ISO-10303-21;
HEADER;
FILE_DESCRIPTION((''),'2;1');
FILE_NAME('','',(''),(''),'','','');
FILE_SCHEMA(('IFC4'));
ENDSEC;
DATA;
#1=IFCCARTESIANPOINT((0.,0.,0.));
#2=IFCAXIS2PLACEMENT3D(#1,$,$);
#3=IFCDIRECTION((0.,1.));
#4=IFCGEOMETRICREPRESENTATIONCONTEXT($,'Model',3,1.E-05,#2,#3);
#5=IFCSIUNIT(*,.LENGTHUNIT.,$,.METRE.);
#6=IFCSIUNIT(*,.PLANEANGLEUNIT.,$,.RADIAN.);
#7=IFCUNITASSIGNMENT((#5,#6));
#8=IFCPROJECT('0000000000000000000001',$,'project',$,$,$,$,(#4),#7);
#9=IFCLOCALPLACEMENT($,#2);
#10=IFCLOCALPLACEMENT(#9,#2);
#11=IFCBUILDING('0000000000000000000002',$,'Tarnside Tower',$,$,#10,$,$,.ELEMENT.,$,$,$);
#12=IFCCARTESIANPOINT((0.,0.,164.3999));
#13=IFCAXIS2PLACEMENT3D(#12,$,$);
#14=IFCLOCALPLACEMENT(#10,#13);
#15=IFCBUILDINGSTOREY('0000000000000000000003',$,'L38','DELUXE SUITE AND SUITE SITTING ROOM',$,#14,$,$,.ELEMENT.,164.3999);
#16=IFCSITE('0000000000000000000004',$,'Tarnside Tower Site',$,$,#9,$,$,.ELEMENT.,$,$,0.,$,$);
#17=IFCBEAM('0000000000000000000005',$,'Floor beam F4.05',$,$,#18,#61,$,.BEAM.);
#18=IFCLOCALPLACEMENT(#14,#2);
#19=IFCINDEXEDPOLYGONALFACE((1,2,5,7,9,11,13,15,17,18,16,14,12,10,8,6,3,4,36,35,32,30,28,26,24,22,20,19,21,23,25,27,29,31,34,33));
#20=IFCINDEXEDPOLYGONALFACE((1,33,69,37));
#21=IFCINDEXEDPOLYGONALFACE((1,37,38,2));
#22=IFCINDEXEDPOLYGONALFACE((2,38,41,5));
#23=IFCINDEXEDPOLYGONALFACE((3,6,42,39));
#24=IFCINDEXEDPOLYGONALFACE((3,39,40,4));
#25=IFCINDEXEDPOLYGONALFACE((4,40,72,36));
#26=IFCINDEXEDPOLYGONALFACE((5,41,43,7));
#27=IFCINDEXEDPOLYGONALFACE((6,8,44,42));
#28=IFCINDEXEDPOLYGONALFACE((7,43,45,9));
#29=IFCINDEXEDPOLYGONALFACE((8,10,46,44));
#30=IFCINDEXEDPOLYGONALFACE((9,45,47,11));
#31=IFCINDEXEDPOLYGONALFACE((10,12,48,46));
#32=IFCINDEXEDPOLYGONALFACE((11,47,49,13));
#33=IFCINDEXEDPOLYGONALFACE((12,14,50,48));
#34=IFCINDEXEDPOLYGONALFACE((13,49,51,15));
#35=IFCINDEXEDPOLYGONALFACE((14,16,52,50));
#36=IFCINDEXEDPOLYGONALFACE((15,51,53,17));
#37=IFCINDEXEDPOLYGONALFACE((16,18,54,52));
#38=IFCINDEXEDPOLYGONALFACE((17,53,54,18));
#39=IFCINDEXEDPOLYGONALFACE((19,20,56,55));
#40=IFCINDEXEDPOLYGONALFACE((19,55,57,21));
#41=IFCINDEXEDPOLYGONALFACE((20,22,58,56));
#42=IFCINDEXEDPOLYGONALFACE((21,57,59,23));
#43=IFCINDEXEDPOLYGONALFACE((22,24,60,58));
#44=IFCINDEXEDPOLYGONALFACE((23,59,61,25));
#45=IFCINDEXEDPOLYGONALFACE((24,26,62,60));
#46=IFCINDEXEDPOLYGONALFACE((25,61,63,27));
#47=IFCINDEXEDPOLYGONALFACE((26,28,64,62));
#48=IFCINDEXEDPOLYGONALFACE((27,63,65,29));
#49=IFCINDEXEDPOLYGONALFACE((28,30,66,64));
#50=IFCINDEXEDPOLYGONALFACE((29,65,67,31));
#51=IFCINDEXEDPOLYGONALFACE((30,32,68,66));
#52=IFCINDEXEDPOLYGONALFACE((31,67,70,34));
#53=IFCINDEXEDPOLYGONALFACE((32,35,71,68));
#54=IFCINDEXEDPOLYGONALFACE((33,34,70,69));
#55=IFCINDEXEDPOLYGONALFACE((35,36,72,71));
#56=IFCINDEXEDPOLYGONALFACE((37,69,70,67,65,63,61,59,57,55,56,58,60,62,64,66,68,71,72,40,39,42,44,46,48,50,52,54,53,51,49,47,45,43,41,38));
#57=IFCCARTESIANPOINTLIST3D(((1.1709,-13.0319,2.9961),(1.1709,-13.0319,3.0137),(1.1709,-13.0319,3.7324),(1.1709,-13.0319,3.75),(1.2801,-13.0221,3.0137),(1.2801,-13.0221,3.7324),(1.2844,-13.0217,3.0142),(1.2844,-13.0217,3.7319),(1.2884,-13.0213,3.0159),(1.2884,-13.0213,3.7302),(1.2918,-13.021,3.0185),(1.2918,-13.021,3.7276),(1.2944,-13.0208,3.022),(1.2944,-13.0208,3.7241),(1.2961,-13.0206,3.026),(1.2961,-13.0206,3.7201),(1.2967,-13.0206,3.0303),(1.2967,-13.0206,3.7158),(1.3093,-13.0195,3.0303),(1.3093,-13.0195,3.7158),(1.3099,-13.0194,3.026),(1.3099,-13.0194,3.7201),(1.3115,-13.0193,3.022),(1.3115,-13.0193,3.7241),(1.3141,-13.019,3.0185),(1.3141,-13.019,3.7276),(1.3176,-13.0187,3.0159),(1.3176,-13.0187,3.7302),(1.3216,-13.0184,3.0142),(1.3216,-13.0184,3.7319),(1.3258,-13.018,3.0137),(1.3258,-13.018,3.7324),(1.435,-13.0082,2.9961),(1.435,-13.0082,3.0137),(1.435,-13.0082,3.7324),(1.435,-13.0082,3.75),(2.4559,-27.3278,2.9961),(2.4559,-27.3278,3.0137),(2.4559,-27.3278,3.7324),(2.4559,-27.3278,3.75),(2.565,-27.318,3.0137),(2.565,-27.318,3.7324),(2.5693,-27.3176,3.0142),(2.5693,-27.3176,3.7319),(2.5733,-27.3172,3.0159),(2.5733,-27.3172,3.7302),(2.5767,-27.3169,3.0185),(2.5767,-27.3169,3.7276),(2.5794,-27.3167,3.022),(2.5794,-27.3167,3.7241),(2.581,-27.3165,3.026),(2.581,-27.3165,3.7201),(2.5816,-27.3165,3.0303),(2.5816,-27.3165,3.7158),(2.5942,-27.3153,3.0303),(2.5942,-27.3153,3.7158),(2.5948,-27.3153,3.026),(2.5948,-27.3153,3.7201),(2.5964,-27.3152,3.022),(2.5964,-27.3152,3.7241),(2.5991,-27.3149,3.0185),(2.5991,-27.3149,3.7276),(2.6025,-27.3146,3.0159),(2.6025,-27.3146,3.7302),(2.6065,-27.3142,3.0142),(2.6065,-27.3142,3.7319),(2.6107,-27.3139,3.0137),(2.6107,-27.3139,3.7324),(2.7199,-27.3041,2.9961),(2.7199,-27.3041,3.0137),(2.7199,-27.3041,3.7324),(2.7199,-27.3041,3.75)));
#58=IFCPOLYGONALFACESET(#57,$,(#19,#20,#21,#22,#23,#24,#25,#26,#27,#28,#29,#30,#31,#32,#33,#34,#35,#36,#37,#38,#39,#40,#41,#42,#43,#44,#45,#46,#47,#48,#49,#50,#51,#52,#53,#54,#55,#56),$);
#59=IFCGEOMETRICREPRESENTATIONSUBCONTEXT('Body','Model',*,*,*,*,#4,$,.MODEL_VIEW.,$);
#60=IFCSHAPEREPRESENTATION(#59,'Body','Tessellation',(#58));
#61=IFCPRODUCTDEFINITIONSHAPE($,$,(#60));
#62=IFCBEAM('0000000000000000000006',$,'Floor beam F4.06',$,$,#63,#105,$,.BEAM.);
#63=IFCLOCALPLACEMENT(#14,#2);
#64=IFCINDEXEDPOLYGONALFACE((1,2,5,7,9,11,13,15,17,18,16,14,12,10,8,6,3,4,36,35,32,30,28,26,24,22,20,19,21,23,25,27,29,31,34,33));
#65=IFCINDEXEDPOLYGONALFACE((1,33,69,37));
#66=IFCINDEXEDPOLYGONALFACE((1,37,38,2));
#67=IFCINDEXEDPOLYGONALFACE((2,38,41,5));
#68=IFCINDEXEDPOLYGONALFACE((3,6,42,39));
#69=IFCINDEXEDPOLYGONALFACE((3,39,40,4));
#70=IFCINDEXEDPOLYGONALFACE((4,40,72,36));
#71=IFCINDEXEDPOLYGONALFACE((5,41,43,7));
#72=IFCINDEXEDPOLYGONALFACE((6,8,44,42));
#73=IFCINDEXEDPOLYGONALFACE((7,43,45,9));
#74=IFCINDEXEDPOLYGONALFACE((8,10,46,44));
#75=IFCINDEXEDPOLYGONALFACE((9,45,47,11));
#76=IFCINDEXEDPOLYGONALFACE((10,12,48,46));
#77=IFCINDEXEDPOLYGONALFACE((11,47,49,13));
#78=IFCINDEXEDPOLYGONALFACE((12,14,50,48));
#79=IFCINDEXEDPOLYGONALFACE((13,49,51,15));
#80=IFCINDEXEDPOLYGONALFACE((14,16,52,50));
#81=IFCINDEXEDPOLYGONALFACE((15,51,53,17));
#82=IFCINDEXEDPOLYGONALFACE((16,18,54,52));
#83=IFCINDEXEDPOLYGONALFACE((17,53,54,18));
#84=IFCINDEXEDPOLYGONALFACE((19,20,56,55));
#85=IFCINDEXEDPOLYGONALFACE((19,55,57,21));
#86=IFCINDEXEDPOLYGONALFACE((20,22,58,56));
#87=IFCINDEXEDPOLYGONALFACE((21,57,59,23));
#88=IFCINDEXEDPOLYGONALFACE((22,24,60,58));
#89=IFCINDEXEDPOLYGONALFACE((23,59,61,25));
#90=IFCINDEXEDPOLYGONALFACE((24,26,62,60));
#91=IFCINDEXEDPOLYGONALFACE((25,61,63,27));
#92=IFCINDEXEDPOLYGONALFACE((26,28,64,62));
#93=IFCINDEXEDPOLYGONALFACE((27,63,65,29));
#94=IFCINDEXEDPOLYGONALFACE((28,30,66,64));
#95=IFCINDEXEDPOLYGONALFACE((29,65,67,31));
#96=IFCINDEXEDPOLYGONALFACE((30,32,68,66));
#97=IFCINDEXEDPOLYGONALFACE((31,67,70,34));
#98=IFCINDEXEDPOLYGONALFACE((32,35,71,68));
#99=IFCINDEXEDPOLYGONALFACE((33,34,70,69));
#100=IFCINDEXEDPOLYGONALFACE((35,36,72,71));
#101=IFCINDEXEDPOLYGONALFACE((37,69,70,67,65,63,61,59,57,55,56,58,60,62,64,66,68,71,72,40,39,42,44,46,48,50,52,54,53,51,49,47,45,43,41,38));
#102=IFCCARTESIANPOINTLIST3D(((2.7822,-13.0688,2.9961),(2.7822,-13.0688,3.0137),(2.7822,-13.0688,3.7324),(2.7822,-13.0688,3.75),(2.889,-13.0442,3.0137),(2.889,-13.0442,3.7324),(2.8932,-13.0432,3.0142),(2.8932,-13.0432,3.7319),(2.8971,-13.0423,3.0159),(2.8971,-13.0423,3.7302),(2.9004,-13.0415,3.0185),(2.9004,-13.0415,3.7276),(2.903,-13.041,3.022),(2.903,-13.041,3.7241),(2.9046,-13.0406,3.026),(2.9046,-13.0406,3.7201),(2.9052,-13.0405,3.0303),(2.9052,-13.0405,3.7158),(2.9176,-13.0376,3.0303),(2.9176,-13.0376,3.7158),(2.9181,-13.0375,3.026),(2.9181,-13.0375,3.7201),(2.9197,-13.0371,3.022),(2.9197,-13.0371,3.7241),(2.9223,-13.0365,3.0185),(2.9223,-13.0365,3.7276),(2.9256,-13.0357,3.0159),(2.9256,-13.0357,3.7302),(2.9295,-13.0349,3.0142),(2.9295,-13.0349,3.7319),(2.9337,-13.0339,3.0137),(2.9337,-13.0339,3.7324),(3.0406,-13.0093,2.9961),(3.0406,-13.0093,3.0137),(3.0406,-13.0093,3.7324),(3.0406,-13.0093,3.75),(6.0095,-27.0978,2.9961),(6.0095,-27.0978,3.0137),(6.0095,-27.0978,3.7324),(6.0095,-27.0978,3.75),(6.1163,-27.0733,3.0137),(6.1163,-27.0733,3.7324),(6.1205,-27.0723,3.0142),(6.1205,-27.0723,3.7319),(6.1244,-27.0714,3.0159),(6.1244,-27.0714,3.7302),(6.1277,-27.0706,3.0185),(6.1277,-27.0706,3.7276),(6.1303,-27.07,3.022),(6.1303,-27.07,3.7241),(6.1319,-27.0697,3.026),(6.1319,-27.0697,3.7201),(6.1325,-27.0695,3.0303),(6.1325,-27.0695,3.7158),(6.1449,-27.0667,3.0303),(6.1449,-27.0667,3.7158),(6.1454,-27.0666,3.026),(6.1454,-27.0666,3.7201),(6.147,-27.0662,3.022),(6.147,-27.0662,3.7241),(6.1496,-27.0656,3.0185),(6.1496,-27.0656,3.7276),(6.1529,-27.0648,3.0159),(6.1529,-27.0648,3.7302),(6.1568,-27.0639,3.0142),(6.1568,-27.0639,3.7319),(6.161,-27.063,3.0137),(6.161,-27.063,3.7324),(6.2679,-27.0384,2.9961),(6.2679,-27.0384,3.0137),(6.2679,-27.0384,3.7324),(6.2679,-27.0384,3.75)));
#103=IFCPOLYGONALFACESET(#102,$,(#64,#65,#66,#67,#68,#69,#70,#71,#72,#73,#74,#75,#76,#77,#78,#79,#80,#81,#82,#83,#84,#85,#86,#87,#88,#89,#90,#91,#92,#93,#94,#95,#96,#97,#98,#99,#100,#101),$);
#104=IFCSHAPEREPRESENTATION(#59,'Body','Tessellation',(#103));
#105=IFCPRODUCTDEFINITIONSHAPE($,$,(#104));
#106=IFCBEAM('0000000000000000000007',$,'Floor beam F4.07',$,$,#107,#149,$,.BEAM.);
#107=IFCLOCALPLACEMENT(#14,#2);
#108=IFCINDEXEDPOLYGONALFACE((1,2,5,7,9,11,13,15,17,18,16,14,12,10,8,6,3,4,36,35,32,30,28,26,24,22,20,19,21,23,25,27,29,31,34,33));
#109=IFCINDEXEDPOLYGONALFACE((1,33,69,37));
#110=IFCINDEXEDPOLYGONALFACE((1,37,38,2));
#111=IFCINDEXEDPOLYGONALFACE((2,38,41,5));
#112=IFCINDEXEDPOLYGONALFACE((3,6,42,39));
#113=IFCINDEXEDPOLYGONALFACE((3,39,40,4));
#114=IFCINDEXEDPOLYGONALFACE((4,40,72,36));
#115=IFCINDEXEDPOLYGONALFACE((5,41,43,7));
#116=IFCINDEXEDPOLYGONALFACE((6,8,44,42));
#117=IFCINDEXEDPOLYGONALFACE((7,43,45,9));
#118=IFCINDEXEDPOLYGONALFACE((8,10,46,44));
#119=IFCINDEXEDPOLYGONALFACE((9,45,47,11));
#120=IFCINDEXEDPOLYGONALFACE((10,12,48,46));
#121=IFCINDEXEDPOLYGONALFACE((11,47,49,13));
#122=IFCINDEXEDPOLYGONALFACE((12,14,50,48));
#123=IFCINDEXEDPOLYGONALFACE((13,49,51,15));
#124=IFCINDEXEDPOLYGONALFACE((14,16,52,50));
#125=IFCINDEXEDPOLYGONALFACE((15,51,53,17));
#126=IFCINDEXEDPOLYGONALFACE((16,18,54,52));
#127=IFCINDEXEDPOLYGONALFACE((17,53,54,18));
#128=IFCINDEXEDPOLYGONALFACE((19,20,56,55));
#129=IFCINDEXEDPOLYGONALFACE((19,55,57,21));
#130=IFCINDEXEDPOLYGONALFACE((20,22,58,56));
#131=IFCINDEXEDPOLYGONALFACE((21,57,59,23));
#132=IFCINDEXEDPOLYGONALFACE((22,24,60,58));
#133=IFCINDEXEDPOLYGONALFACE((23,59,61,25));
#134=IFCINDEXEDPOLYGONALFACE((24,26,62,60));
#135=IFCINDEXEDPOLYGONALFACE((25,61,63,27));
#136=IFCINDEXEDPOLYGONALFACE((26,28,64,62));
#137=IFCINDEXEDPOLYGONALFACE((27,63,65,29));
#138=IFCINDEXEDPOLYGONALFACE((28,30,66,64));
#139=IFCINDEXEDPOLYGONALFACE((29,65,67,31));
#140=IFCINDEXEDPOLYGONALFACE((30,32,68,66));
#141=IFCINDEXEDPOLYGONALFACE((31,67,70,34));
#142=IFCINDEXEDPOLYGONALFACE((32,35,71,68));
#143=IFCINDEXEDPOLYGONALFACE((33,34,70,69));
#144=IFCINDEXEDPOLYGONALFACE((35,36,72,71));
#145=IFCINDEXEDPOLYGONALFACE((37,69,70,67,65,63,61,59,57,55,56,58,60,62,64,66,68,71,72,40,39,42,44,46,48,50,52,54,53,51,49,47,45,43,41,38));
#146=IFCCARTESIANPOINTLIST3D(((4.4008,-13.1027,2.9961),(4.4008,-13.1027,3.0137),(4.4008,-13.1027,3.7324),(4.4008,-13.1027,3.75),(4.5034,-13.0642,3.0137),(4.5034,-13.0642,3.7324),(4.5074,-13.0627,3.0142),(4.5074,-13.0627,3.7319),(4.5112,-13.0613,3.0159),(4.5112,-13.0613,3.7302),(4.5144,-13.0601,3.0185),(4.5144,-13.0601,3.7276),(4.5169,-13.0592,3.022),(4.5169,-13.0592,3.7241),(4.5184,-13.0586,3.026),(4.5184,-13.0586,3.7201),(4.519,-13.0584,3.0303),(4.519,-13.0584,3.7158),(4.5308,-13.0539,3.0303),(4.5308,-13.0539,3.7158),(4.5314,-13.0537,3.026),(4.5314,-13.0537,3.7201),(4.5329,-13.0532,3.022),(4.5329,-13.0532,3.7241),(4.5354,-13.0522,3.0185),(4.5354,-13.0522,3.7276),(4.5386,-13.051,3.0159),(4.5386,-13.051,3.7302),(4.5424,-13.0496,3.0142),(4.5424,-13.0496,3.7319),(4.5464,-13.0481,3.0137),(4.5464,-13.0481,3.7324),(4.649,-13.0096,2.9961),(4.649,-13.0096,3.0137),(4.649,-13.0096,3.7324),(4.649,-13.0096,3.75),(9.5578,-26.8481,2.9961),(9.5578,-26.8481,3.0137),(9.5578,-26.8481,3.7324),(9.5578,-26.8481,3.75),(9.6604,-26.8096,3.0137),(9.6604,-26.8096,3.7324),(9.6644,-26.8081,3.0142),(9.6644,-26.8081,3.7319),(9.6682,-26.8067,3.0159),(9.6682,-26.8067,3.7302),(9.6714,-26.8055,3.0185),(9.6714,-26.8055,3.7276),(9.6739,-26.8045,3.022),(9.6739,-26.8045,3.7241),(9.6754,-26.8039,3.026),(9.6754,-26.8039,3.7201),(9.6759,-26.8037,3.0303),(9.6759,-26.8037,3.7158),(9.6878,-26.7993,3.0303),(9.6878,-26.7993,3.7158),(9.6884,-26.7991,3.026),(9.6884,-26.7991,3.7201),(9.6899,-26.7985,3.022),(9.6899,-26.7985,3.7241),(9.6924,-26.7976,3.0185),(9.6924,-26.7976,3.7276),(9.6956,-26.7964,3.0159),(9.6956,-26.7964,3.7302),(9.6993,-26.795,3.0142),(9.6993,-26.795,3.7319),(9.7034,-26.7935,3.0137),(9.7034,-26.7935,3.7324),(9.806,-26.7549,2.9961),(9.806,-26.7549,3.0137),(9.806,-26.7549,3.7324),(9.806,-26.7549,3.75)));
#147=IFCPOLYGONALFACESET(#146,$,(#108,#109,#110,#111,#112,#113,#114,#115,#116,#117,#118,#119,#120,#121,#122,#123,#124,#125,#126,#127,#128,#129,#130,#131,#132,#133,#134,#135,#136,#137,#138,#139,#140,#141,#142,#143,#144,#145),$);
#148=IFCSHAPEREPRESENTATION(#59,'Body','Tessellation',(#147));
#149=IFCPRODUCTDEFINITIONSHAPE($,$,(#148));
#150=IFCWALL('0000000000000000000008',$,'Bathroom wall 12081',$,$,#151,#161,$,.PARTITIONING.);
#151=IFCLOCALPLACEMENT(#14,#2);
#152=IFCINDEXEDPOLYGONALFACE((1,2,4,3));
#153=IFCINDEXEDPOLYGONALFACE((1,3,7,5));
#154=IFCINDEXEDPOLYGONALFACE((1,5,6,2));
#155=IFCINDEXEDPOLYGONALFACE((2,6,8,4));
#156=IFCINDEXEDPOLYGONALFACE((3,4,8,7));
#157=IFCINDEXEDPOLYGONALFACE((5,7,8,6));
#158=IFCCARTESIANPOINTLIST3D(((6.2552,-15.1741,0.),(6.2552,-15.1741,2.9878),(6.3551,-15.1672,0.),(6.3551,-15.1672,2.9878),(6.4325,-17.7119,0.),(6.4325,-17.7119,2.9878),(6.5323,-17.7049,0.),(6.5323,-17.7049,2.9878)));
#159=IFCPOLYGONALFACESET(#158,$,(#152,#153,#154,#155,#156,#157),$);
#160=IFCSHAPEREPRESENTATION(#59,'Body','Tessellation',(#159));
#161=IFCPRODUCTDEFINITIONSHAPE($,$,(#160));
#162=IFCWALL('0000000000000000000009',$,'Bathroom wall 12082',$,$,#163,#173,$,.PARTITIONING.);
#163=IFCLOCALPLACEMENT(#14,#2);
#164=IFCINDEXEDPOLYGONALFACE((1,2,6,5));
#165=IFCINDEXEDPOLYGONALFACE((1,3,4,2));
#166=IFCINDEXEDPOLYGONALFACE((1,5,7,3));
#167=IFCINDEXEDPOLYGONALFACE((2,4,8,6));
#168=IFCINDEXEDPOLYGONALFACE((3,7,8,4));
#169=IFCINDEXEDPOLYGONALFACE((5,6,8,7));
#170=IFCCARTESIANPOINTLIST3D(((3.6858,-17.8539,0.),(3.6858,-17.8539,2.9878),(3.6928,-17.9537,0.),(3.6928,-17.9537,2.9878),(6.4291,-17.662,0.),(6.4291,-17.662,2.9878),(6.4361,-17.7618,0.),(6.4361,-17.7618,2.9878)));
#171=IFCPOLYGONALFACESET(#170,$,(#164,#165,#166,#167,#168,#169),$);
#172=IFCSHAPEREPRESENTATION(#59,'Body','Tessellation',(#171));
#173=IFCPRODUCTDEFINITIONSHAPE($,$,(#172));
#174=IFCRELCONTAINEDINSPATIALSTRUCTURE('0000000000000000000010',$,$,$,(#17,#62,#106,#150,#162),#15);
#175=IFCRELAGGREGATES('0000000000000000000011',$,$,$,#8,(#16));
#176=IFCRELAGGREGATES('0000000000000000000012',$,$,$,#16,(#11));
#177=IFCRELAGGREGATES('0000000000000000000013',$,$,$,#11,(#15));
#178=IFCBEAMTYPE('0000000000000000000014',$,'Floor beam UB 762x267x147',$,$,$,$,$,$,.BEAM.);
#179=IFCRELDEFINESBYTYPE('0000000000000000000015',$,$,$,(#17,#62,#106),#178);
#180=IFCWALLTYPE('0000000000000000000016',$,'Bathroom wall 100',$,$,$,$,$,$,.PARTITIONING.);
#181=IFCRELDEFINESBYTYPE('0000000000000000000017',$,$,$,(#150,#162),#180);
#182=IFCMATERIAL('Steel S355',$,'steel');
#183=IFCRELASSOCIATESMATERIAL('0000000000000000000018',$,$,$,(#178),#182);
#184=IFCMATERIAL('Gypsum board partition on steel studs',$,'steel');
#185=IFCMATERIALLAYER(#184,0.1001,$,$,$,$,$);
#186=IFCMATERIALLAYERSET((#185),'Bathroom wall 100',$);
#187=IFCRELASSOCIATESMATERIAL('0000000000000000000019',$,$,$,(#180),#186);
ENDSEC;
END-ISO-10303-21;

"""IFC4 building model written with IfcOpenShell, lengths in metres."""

from ifc_helpers import new_model, si_unit, direction, frame, frame_2d, origin, origin_2d, place, context, subcontext, project, spatial, rectangle, i_section, extrude, material, layer, layer_set, material_profile, profile_set, type_object, element, save


model = new_model("IFC4")

# Units and contexts
model_context = context("Model", 3, precision=1e-05, world=origin(), true_north=direction((0.0, 1.0)))
body_context = subcontext(model_context, "Body", "Model", "MODEL_VIEW")
ifc_project = project(units=[si_unit("LENGTHUNIT", "METRE"), si_unit("PLANEANGLEUNIT", "RADIAN")], contexts=[model_context])

# Site, building, storey
site_placement = place(None, origin())
site = spatial("IfcSite", under=ifc_project, at=site_placement, Name="Tarnside Tower Site", CompositionType="ELEMENT", RefElevation=0.0)
building_placement = place(site_placement, origin())
building = spatial("IfcBuilding", under=site, at=building_placement, Name="Tarnside Tower", CompositionType="ELEMENT")
storey_placement = place(building_placement, frame((0.0, 0.0, 164.3999)))
storey = spatial("IfcBuildingStorey", under=building, at=storey_placement, Name="L38", Description="DELUXE SUITE AND SUITE SITTING ROOM", CompositionType="ELEMENT", Elevation=164.3999)

# Beams
ifc_material_1 = material(Name="Steel S355", Category="steel")
ifc_material_profile = material_profile(ifc_material_1, i_section(OverallWidth=0.2651, OverallDepth=0.7539, WebThickness=0.0127, FlangeThickness=0.0176, FilletRadius=0.0166, at=origin_2d()), Name="UB 762x267x147")
ifc_profile_set = profile_set([ifc_material_profile], Name="Steel S355")
beam_type = type_object("IfcBeamType", Name="Floor beam UB 762x267x147", PredefinedType="BEAM", material=ifc_profile_set)
beam_1_placement = place(storey_placement, frame((2.5879, -27.3159, 3.373), z_axis=(-0.089519, 0.995985, 0.0), x_axis=(-0.995985, -0.089519, 0.0)))
element("IfcBeam", 1, at=beam_1_placement, inside=storey, type_object=beam_type, Name="Floor beam F4.05", PredefinedType="BEAM", context=body_context, shape_type="SweptSolid", body=[
    extrude(i_section(OverallWidth=0.2651, OverallDepth=0.7539, WebThickness=0.0127, FlangeThickness=0.0176, FilletRadius=0.0166, at=origin_2d()), origin(), (0.0, 0.0, 1.0), 14.3535),
])
beam_2_placement = place(storey_placement, frame((6.1387, -27.0681, 3.373), z_axis=(-0.224188, 0.974546, 0.0), x_axis=(-0.974546, -0.224188, 0.0)))
element("IfcBeam", 2, at=beam_2_placement, inside=storey, type_object=beam_type, Name="Floor beam F4.06", PredefinedType="BEAM", context=body_context, shape_type="SweptSolid", body=[
    extrude(i_section(OverallWidth=0.2651, OverallDepth=0.7539, WebThickness=0.0127, FlangeThickness=0.0176, FilletRadius=0.0166, at=origin_2d()), origin(), (0.0, 0.0, 1.0), 14.3955),
])
beam_3_placement = place(storey_placement, frame((9.6819, -26.8015, 3.373), z_axis=(-0.351271, 0.936274, 0.0), x_axis=(-0.936274, -0.351271, 0.0)))
element("IfcBeam", 3, at=beam_3_placement, inside=storey, type_object=beam_type, Name="Floor beam F4.07", PredefinedType="BEAM", context=body_context, shape_type="SweptSolid", body=[
    extrude(i_section(OverallWidth=0.2651, OverallDepth=0.7539, WebThickness=0.0127, FlangeThickness=0.0176, FilletRadius=0.0166, at=origin_2d()), origin(), (0.0, 0.0, 1.0), 14.6809),
])

# Walls
ifc_material_2 = material(Name="Gypsum board partition on steel studs", Category="steel")
ifc_layer_1 = layer(ifc_material_2, 0.1001)
ifc_layer_set_1 = layer_set([ifc_layer_1], Name="Bathroom wall 100")
wall_type_1 = type_object("IfcWallType", Name="Bathroom wall 100", PredefinedType="PARTITIONING", material=ifc_layer_set_1)
wall_1_placement = place(storey_placement, frame((6.3052, -15.1707, 0.0), z_axis=(0.0, 0.0, 1.0), x_axis=(0.069672, -0.99757, 0.0)))
element("IfcWall", 4, at=wall_1_placement, inside=storey, type_object=wall_type_1, Name="Bathroom wall 12081", PredefinedType="PARTITIONING", context=body_context, shape_type="SweptSolid", body=[
    extrude(rectangle(XDim=2.5439, YDim=0.1001, at=frame_2d((1.272, 0.0))), origin(), (0.0, 0.0, 1.0), 2.9878),
])
wall_2_placement = place(storey_placement, frame((6.4326, -17.7119, 0.0), z_axis=(0.0, 0.0, 1.0), x_axis=(-0.997563, -0.069777, 0.0)))
element("IfcWall", 5, at=wall_2_placement, inside=storey, type_object=wall_type_1, Name="Bathroom wall 12082", PredefinedType="PARTITIONING", context=body_context, shape_type="SweptSolid", body=[
    extrude(rectangle(XDim=2.75, YDim=0.1001, at=frame_2d((1.375, 0.0))), origin(), (0.0, 0.0, 1.0), 2.9878),
])

save(model, "model.ifc")
